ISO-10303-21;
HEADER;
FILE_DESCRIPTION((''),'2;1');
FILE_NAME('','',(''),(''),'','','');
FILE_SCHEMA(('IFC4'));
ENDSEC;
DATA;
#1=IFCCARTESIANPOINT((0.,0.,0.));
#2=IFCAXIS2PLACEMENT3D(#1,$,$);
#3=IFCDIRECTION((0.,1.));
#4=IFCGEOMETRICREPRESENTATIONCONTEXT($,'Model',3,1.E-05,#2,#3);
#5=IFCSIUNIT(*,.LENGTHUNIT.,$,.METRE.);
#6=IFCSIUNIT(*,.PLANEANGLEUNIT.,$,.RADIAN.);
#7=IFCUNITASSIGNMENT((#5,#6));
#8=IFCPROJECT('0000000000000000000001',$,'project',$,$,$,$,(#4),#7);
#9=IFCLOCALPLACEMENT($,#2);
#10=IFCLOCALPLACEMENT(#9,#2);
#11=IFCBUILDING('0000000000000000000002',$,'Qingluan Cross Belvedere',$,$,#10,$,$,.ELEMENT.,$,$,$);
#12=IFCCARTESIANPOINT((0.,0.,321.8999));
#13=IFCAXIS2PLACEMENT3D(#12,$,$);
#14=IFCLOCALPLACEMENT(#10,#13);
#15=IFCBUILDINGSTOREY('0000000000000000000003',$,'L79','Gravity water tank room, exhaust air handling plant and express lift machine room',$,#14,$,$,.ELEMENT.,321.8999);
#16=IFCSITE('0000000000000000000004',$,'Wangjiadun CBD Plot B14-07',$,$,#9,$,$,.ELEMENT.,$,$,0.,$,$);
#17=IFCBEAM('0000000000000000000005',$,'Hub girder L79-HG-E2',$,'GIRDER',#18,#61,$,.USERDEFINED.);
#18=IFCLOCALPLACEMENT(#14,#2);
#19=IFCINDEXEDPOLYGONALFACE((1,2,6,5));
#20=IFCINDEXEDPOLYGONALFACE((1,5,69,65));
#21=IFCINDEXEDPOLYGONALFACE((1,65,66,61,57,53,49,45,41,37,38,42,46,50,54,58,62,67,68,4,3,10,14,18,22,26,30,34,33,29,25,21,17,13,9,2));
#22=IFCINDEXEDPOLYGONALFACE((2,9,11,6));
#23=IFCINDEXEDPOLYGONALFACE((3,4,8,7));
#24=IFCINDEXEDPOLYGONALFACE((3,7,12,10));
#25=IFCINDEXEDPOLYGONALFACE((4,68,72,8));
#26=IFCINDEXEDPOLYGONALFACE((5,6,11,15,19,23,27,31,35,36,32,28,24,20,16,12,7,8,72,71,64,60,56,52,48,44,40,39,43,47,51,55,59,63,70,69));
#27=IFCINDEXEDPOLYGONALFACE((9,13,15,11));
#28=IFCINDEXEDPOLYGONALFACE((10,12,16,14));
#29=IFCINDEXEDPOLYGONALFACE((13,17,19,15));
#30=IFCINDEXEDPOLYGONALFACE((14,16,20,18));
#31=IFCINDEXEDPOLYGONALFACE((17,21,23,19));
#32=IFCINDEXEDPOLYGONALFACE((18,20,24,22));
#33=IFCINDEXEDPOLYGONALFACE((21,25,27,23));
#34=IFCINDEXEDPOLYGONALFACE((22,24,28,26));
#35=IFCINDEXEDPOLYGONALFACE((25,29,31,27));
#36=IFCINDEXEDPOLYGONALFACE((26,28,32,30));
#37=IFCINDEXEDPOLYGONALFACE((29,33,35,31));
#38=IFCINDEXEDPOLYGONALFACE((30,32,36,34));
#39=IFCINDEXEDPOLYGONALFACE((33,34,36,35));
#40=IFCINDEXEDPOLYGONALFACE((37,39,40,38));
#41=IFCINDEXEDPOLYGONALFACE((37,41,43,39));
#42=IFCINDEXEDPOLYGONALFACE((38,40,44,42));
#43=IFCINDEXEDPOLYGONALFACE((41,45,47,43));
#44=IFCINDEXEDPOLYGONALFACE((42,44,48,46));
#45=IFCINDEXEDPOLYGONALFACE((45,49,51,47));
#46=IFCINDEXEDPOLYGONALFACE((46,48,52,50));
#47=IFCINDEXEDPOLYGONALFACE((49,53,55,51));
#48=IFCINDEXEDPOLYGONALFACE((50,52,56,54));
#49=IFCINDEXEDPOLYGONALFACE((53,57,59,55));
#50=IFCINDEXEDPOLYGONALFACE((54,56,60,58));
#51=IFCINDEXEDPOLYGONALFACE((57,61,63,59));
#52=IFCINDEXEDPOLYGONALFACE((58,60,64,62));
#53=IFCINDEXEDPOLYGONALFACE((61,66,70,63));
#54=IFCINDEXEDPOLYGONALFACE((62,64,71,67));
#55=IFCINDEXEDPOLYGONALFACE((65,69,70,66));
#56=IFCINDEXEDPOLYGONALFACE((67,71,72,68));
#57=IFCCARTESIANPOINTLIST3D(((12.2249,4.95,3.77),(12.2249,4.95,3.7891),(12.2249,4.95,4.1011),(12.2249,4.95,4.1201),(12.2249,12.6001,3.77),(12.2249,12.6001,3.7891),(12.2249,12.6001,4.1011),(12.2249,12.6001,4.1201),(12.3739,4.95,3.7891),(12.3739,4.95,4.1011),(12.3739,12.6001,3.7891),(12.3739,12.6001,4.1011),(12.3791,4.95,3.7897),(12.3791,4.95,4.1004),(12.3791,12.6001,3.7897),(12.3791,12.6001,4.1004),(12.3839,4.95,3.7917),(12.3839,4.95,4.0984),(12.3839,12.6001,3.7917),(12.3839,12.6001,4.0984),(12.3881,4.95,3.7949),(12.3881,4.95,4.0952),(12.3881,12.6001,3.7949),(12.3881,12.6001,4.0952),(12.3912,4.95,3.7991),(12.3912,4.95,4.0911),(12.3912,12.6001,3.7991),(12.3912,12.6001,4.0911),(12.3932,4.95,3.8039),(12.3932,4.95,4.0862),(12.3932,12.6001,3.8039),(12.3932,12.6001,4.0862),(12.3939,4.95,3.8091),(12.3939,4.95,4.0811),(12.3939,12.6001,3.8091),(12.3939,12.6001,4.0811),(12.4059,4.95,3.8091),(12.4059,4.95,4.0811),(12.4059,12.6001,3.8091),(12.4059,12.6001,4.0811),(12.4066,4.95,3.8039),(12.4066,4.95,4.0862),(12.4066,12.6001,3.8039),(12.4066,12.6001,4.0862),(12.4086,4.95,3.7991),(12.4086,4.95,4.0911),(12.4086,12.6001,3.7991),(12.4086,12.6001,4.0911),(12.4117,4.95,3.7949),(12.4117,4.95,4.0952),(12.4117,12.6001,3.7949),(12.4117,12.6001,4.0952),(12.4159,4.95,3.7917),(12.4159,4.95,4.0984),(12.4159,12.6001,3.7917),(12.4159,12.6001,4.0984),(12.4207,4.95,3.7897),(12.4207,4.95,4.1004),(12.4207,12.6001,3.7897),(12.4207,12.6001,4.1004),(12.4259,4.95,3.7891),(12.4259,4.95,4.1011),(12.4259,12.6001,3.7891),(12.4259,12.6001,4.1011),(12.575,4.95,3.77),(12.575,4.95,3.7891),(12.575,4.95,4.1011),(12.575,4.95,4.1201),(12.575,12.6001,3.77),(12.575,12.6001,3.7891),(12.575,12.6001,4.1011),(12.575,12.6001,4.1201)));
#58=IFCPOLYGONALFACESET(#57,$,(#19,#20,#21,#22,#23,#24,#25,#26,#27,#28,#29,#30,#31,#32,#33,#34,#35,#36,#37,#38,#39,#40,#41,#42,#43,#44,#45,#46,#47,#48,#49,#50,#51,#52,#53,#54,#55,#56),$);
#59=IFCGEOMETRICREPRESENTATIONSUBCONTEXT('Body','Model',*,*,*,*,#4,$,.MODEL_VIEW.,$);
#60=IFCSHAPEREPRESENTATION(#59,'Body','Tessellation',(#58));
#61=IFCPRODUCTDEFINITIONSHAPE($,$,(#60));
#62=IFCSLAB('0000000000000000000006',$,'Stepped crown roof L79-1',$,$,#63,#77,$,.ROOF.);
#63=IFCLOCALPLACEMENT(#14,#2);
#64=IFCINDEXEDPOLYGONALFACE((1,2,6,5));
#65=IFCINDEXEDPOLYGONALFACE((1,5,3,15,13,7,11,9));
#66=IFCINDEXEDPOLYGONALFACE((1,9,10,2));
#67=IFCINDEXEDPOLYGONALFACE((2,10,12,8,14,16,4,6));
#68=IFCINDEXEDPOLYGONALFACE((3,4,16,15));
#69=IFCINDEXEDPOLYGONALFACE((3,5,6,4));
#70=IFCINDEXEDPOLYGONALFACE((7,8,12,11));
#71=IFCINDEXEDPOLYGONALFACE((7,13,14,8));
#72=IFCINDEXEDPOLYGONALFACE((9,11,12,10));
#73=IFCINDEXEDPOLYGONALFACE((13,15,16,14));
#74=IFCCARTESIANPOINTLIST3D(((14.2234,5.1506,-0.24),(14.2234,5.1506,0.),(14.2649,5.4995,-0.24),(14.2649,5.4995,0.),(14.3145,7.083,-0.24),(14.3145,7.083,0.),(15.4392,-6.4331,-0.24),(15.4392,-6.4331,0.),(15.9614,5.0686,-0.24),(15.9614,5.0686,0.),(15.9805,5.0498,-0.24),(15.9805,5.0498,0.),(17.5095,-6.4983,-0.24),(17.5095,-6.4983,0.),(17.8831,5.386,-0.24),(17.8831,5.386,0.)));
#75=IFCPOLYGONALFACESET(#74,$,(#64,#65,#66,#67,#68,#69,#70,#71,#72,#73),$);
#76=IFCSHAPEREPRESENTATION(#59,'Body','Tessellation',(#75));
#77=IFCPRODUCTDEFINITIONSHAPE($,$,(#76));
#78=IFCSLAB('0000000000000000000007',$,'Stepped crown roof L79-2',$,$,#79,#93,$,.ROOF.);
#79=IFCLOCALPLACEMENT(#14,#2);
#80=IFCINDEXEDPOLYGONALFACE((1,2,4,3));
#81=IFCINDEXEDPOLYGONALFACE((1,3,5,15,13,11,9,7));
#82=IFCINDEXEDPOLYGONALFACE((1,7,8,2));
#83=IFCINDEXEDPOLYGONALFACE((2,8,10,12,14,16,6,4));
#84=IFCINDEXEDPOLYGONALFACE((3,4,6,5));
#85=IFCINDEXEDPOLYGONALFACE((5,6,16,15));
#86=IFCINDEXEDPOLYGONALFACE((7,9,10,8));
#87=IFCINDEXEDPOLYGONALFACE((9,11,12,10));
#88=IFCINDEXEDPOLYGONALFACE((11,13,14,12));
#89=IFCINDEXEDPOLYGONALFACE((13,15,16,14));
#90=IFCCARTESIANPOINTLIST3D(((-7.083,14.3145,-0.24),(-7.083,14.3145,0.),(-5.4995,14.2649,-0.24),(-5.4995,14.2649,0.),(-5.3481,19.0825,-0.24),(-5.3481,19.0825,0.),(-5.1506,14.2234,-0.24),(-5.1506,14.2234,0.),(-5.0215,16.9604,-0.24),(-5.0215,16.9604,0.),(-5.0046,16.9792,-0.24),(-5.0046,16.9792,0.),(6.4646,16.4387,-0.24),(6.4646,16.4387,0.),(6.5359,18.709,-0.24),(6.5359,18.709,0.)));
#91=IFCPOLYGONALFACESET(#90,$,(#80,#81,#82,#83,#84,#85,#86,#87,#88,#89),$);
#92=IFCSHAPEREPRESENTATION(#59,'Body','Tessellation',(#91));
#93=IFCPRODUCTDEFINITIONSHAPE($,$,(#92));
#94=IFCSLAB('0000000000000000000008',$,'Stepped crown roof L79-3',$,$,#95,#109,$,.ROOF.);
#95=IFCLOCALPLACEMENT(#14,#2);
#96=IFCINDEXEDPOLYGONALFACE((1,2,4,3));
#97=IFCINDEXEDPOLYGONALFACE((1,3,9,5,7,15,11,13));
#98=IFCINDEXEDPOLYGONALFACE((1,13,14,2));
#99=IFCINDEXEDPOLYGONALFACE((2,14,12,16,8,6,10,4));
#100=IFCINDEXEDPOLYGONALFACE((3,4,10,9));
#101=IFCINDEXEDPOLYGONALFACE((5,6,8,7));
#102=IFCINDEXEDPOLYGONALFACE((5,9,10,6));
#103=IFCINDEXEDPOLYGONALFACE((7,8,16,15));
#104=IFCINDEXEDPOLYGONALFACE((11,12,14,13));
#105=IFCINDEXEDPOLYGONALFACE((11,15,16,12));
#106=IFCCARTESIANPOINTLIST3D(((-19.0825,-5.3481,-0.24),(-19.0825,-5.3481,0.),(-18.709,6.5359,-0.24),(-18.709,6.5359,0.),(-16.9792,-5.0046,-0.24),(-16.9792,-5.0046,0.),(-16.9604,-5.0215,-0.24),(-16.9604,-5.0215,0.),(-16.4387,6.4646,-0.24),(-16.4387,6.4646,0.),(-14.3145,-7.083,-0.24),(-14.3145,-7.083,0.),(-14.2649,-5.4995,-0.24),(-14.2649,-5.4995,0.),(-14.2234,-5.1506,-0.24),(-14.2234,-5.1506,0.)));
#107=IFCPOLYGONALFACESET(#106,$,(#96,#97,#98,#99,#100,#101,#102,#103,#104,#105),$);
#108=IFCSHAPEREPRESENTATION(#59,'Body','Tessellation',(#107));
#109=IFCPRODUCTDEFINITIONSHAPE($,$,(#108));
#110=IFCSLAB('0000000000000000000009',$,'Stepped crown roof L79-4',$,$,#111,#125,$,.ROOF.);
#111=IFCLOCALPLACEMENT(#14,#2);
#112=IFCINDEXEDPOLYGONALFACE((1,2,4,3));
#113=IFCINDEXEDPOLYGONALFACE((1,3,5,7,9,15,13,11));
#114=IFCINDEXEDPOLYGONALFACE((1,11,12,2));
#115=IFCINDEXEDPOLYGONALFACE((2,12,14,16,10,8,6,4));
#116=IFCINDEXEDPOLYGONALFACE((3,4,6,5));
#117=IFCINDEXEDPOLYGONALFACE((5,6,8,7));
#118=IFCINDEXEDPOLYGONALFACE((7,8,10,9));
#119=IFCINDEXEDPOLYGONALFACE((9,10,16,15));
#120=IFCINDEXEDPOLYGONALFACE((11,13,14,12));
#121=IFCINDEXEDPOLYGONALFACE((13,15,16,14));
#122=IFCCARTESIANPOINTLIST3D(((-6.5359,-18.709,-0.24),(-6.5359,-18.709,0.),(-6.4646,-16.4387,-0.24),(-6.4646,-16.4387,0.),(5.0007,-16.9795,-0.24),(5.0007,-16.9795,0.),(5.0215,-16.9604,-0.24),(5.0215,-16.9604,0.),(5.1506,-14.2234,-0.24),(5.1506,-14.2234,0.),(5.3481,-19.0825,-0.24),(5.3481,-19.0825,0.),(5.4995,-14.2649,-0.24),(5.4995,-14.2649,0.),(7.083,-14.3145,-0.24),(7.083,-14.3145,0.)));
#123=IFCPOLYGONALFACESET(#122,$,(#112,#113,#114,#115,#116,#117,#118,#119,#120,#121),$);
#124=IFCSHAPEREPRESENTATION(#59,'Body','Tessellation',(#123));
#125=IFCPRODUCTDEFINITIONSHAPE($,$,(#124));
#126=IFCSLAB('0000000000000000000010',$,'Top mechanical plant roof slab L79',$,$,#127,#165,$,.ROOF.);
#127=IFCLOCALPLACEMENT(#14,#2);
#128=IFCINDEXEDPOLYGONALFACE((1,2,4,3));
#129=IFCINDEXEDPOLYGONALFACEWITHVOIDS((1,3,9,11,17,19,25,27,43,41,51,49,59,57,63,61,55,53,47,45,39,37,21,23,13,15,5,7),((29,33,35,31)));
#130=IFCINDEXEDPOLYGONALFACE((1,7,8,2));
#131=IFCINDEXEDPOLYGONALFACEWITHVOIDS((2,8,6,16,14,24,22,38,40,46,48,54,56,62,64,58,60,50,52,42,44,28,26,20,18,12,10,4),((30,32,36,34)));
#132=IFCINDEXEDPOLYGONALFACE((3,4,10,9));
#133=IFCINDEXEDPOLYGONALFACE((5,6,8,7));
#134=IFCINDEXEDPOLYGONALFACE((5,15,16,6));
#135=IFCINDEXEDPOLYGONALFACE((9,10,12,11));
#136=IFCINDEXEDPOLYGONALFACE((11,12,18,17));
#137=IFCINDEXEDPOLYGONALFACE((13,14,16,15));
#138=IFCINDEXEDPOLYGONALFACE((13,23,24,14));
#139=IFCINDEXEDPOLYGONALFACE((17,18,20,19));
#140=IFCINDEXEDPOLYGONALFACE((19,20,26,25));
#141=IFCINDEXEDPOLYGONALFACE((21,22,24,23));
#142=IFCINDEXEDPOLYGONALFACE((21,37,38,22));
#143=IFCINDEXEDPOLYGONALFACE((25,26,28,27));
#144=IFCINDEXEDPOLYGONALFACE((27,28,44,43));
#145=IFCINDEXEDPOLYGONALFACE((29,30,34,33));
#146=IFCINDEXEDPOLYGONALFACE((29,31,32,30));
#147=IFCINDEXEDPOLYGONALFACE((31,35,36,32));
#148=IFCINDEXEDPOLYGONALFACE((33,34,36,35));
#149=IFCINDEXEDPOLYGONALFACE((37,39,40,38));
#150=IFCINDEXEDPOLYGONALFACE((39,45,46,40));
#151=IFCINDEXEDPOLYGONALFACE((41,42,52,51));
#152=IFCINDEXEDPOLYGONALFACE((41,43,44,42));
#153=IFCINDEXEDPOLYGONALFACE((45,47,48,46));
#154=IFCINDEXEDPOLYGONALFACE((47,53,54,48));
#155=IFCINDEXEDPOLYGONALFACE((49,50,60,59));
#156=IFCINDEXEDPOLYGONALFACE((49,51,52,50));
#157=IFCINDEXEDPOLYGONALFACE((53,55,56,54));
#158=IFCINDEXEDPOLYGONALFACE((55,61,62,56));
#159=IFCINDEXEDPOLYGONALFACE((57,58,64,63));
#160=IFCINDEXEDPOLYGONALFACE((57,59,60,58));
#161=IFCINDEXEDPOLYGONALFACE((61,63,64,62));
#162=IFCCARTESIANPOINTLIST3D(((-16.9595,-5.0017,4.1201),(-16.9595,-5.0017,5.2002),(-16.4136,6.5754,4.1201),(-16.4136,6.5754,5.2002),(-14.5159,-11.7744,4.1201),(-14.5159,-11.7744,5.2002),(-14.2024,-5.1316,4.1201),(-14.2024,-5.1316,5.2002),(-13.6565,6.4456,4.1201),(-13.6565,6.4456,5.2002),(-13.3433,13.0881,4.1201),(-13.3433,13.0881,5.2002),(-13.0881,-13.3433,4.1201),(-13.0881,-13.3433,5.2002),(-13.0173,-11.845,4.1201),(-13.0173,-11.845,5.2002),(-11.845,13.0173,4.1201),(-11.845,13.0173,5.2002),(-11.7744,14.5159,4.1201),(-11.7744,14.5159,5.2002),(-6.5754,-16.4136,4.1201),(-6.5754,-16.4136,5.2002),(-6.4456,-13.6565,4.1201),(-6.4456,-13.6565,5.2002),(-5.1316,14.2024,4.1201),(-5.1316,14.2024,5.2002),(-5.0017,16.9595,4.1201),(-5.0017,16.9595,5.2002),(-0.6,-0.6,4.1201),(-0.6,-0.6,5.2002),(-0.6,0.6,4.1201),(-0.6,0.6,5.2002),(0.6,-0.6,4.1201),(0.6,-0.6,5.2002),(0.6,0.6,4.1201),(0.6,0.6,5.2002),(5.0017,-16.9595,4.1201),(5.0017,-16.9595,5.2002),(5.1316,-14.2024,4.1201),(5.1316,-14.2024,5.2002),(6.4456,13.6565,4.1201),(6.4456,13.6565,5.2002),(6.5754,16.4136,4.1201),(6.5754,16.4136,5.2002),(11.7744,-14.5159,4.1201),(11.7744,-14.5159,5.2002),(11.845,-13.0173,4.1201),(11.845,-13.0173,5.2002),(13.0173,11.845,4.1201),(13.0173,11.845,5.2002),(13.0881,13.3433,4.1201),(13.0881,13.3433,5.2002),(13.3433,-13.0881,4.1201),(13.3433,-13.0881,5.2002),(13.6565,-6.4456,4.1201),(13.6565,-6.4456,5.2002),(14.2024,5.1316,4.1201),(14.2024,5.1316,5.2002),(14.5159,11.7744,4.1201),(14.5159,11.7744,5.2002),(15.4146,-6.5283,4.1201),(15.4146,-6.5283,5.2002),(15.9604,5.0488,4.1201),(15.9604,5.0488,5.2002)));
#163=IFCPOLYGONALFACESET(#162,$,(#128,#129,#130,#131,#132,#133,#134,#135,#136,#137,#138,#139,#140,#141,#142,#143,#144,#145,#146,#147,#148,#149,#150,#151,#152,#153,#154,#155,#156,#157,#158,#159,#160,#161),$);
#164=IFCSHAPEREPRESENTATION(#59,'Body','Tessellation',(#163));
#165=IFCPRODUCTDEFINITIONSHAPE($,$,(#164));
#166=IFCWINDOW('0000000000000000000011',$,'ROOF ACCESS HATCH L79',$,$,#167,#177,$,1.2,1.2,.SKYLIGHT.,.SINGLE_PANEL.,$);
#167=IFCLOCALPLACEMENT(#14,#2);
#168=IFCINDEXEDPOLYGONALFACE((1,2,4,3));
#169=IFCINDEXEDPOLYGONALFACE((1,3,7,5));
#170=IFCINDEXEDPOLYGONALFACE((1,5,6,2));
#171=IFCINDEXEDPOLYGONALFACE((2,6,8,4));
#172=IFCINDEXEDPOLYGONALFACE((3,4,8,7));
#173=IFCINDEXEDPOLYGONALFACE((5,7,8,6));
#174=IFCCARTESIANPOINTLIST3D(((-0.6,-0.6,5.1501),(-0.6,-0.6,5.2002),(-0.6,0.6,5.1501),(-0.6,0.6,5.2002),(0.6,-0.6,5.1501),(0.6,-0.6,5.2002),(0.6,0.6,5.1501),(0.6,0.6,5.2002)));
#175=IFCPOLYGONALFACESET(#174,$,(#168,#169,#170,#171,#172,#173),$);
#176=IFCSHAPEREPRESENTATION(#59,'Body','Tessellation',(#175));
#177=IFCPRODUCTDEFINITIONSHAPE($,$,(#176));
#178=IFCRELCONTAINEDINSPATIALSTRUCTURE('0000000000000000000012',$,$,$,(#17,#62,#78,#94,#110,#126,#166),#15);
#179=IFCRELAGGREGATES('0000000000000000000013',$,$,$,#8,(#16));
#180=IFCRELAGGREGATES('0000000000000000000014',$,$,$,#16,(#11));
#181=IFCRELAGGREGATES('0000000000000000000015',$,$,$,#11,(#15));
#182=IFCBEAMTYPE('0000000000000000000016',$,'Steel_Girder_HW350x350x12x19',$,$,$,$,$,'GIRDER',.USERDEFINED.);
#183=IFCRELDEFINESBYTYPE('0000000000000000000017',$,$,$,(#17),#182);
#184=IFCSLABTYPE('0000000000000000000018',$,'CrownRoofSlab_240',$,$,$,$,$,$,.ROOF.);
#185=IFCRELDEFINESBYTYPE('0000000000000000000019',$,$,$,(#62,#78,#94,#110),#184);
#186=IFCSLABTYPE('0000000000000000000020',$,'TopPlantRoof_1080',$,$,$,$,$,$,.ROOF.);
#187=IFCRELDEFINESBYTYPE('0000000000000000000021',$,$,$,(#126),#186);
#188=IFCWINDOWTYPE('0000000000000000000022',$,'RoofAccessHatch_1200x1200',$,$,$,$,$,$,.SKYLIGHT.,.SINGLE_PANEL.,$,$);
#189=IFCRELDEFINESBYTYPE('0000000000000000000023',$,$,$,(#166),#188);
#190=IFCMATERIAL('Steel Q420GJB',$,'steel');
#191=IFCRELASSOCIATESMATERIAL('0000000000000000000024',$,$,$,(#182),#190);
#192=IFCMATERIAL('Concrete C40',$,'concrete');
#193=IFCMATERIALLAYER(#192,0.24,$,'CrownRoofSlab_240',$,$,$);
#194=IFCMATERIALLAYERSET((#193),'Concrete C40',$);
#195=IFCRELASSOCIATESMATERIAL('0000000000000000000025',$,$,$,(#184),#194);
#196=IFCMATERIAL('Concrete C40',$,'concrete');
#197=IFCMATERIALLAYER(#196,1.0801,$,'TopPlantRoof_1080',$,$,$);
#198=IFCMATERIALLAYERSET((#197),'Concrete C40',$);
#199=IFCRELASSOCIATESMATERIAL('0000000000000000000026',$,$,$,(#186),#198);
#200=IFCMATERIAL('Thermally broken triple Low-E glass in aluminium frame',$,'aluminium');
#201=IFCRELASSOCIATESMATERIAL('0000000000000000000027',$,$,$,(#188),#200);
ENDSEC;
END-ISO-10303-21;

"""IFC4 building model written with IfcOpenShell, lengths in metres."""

from ifc_helpers import new_model, si_unit, direction, frame, origin, origin_2d, place, context, subcontext, project, spatial, polyline, rectangle, i_section, outline, extrude, material, layer, layer_set, material_profile, profile_set, type_object, element, fill, save


model = new_model("IFC4")

# Units and contexts
model_context = context("Model", 3, precision=1e-05, world=origin(), true_north=direction((0.0, 1.0)))
body_context = subcontext(model_context, "Body", "Model", "MODEL_VIEW")
ifc_project = project(units=[si_unit("LENGTHUNIT", "METRE"), si_unit("PLANEANGLEUNIT", "RADIAN")], contexts=[model_context])

# Site, building, storey
site_placement = place(None, origin())
site = spatial("IfcSite", under=ifc_project, at=site_placement, Name="Wangjiadun CBD Plot B14-07", CompositionType="ELEMENT", RefElevation=0.0)
building_placement = place(site_placement, origin())
building = spatial("IfcBuilding", under=site, at=building_placement, Name="Qingluan Cross Belvedere", CompositionType="ELEMENT")
storey_placement = place(building_placement, frame((0.0, 0.0, 321.8999)))
storey = spatial("IfcBuildingStorey", under=building, at=storey_placement, Name="L79", Description="Gravity water tank room, exhaust air handling plant and express lift machine room", CompositionType="ELEMENT", Elevation=321.8999)

# Beam
ifc_material_1 = material(Name="Steel Q420GJB", Category="steel")
ifc_material_profile = material_profile(ifc_material_1, i_section(OverallWidth=0.3501, OverallDepth=0.3501, WebThickness=0.012, FlangeThickness=0.019, FilletRadius=0.02, at=origin_2d()), Name="HW350x350x12x19")
ifc_profile_set = profile_set([ifc_material_profile], Name="Steel Q420GJB")
beam_type = type_object("IfcBeamType", Name="Steel_Girder_HW350x350x12x19", ElementType="GIRDER", PredefinedType="USERDEFINED", material=ifc_profile_set)
beam_placement = place(storey_placement, frame((12.3999, 4.95, 3.9451), z_axis=(0.0, 1.0, 0.0), x_axis=(-1.0, 0.0, 0.0)))
element("IfcBeam", 1, at=beam_placement, inside=storey, type_object=beam_type, Name="Hub girder L79-HG-E2", ObjectType="GIRDER", PredefinedType="USERDEFINED", context=body_context, shape_type="SweptSolid", body=[
    extrude(i_section(OverallWidth=0.3501, OverallDepth=0.3501, WebThickness=0.012, FlangeThickness=0.019, FilletRadius=0.02, at=origin_2d()), origin(), (0.0, 0.0, 1.0), 7.6501),
])

# Slabs
ifc_material_2 = material(Name="Concrete C40", Category="concrete")
ifc_layer_1 = layer(ifc_material_2, 0.24, Name="CrownRoofSlab_240")
ifc_layer_set_1 = layer_set([ifc_layer_1], Name="Concrete C40")
slab_type_1 = type_object("IfcSlabType", Name="CrownRoofSlab_240", PredefinedType="ROOF", material=ifc_layer_set_1)
slab_1_placement = place(storey_placement, frame((0.0, 0.0, -0.24)))
element("IfcSlab", 2, at=slab_1_placement, inside=storey, type_object=slab_type_1, Name="Stepped crown roof L79-1", PredefinedType="ROOF", context=body_context, shape_type="SweptSolid", body=[
    extrude(outline(polyline([(14.2649, 5.4995), (14.3145, 7.083), (14.2234, 5.1506), (15.9614, 5.0686), (15.9805, 5.0498), (15.4392, -6.4331), (17.5095, -6.4983), (17.8831, 5.386), (14.2649, 5.4995)])), origin(), (0.0, 0.0, 1.0), 0.24),
])
slab_2_placement = place(storey_placement, frame((0.0, 0.0, -0.24)))
element("IfcSlab", 3, at=slab_2_placement, inside=storey, type_object=slab_type_1, Name="Stepped crown roof L79-2", PredefinedType="ROOF", context=body_context, shape_type="SweptSolid", body=[
    extrude(outline(polyline([(-5.4995, 14.2649), (-7.083, 14.3145), (-5.1506, 14.2234), (-5.0215, 16.9604), (-5.0046, 16.9792), (6.4646, 16.4387), (6.5359, 18.709), (-5.3481, 19.0825), (-5.4995, 14.2649)])), origin(), (0.0, 0.0, 1.0), 0.24),
])
slab_3_placement = place(storey_placement, frame((0.0, 0.0, -0.24)))
element("IfcSlab", 4, at=slab_3_placement, inside=storey, type_object=slab_type_1, Name="Stepped crown roof L79-3", PredefinedType="ROOF", context=body_context, shape_type="SweptSolid", body=[
    extrude(outline(polyline([(-14.2649, -5.4995), (-14.3145, -7.083), (-14.2234, -5.1506), (-16.9604, -5.0215), (-16.9792, -5.0046), (-16.4387, 6.4646), (-18.709, 6.5359), (-19.0825, -5.3481), (-14.2649, -5.4995)])), origin(), (0.0, 0.0, 1.0), 0.24),
])
slab_4_placement = place(storey_placement, frame((0.0, 0.0, -0.24)))
element("IfcSlab", 5, at=slab_4_placement, inside=storey, type_object=slab_type_1, Name="Stepped crown roof L79-4", PredefinedType="ROOF", context=body_context, shape_type="SweptSolid", body=[
    extrude(outline(polyline([(-6.4646, -16.4387), (-6.5359, -18.709), (5.3481, -19.0825), (5.4995, -14.2649), (7.083, -14.3145), (5.1506, -14.2234), (5.0215, -16.9604), (5.0007, -16.9795), (-6.4646, -16.4387)])), origin(), (0.0, 0.0, 1.0), 0.24),
])

# Slab, opening, window
ifc_material_3 = material(Name="Concrete C40", Category="concrete")
ifc_layer_2 = layer(ifc_material_3, 1.0801, Name="TopPlantRoof_1080")
ifc_layer_set_2 = layer_set([ifc_layer_2], Name="Concrete C40")
slab_type_2 = type_object("IfcSlabType", Name="TopPlantRoof_1080", PredefinedType="ROOF", material=ifc_layer_set_2)
slab_5_placement = place(storey_placement, frame((0.0, 0.0, 4.1201)))
slab_5 = element("IfcSlab", 6, at=slab_5_placement, inside=storey, type_object=slab_type_2, Name="Top mechanical plant roof slab L79", PredefinedType="ROOF", context=body_context, shape_type="SweptSolid", body=[
    extrude(outline(polyline([(5.0017, -16.9595), (5.1316, -14.2024), (11.7744, -14.5159), (11.845, -13.0173), (13.3433, -13.0881), (13.6565, -6.4456), (15.4146, -6.5283), (15.9604, 5.0488), (14.2024, 5.1316), (14.5159, 11.7744), (13.0173, 11.845), (13.0881, 13.3433), (6.4456, 13.6565), (6.5754, 16.4136), (-5.0017, 16.9595), (-5.1316, 14.2024), (-11.7744, 14.5159), (-11.845, 13.0173), (-13.3433, 13.0881), (-13.6565, 6.4456), (-16.4136, 6.5754), (-16.9595, -5.0017), (-14.2024, -5.1316), (-14.5159, -11.7744), (-13.0173, -11.845), (-13.0881, -13.3433), (-6.4456, -13.6565), (-6.5754, -16.4136), (5.0017, -16.9595)])), origin(), (0.0, 0.0, 1.0), 1.0801),
])
opening_1_placement = place(slab_5_placement, origin())
opening_1 = element("IfcOpeningElement", 7, at=opening_1_placement, cuts=slab_5, PredefinedType="OPENING", context=body_context, shape_type="SweptSolid", body=[
    extrude(rectangle(XDim=1.2, YDim=1.2, at=origin_2d()), origin(), (0.0, 0.0, 1.0), 1.0801),
])
ifc_material_4 = material(Name="Thermally broken triple Low-E glass in aluminium frame", Category="aluminium")
window_type = type_object("IfcWindowType", Name="RoofAccessHatch_1200x1200", PartitioningType="SINGLE_PANEL", PredefinedType="SKYLIGHT", material=ifc_material_4)
window_placement = place(opening_1_placement, frame((0.0, 0.0, 1.03)))
window = element("IfcWindow", 8, at=window_placement, inside=storey, type_object=window_type, Name="ROOF ACCESS HATCH L79", OverallHeight=1.2, OverallWidth=1.2, PartitioningType="SINGLE_PANEL", PredefinedType="SKYLIGHT", context=body_context, shape_type="SweptSolid", body=[
    extrude(rectangle(XDim=1.2, YDim=1.2, at=origin_2d()), origin(), (0.0, 0.0, 1.0), 0.05),
])
fill(opening_1, window)

save(model, "model.ifc")
